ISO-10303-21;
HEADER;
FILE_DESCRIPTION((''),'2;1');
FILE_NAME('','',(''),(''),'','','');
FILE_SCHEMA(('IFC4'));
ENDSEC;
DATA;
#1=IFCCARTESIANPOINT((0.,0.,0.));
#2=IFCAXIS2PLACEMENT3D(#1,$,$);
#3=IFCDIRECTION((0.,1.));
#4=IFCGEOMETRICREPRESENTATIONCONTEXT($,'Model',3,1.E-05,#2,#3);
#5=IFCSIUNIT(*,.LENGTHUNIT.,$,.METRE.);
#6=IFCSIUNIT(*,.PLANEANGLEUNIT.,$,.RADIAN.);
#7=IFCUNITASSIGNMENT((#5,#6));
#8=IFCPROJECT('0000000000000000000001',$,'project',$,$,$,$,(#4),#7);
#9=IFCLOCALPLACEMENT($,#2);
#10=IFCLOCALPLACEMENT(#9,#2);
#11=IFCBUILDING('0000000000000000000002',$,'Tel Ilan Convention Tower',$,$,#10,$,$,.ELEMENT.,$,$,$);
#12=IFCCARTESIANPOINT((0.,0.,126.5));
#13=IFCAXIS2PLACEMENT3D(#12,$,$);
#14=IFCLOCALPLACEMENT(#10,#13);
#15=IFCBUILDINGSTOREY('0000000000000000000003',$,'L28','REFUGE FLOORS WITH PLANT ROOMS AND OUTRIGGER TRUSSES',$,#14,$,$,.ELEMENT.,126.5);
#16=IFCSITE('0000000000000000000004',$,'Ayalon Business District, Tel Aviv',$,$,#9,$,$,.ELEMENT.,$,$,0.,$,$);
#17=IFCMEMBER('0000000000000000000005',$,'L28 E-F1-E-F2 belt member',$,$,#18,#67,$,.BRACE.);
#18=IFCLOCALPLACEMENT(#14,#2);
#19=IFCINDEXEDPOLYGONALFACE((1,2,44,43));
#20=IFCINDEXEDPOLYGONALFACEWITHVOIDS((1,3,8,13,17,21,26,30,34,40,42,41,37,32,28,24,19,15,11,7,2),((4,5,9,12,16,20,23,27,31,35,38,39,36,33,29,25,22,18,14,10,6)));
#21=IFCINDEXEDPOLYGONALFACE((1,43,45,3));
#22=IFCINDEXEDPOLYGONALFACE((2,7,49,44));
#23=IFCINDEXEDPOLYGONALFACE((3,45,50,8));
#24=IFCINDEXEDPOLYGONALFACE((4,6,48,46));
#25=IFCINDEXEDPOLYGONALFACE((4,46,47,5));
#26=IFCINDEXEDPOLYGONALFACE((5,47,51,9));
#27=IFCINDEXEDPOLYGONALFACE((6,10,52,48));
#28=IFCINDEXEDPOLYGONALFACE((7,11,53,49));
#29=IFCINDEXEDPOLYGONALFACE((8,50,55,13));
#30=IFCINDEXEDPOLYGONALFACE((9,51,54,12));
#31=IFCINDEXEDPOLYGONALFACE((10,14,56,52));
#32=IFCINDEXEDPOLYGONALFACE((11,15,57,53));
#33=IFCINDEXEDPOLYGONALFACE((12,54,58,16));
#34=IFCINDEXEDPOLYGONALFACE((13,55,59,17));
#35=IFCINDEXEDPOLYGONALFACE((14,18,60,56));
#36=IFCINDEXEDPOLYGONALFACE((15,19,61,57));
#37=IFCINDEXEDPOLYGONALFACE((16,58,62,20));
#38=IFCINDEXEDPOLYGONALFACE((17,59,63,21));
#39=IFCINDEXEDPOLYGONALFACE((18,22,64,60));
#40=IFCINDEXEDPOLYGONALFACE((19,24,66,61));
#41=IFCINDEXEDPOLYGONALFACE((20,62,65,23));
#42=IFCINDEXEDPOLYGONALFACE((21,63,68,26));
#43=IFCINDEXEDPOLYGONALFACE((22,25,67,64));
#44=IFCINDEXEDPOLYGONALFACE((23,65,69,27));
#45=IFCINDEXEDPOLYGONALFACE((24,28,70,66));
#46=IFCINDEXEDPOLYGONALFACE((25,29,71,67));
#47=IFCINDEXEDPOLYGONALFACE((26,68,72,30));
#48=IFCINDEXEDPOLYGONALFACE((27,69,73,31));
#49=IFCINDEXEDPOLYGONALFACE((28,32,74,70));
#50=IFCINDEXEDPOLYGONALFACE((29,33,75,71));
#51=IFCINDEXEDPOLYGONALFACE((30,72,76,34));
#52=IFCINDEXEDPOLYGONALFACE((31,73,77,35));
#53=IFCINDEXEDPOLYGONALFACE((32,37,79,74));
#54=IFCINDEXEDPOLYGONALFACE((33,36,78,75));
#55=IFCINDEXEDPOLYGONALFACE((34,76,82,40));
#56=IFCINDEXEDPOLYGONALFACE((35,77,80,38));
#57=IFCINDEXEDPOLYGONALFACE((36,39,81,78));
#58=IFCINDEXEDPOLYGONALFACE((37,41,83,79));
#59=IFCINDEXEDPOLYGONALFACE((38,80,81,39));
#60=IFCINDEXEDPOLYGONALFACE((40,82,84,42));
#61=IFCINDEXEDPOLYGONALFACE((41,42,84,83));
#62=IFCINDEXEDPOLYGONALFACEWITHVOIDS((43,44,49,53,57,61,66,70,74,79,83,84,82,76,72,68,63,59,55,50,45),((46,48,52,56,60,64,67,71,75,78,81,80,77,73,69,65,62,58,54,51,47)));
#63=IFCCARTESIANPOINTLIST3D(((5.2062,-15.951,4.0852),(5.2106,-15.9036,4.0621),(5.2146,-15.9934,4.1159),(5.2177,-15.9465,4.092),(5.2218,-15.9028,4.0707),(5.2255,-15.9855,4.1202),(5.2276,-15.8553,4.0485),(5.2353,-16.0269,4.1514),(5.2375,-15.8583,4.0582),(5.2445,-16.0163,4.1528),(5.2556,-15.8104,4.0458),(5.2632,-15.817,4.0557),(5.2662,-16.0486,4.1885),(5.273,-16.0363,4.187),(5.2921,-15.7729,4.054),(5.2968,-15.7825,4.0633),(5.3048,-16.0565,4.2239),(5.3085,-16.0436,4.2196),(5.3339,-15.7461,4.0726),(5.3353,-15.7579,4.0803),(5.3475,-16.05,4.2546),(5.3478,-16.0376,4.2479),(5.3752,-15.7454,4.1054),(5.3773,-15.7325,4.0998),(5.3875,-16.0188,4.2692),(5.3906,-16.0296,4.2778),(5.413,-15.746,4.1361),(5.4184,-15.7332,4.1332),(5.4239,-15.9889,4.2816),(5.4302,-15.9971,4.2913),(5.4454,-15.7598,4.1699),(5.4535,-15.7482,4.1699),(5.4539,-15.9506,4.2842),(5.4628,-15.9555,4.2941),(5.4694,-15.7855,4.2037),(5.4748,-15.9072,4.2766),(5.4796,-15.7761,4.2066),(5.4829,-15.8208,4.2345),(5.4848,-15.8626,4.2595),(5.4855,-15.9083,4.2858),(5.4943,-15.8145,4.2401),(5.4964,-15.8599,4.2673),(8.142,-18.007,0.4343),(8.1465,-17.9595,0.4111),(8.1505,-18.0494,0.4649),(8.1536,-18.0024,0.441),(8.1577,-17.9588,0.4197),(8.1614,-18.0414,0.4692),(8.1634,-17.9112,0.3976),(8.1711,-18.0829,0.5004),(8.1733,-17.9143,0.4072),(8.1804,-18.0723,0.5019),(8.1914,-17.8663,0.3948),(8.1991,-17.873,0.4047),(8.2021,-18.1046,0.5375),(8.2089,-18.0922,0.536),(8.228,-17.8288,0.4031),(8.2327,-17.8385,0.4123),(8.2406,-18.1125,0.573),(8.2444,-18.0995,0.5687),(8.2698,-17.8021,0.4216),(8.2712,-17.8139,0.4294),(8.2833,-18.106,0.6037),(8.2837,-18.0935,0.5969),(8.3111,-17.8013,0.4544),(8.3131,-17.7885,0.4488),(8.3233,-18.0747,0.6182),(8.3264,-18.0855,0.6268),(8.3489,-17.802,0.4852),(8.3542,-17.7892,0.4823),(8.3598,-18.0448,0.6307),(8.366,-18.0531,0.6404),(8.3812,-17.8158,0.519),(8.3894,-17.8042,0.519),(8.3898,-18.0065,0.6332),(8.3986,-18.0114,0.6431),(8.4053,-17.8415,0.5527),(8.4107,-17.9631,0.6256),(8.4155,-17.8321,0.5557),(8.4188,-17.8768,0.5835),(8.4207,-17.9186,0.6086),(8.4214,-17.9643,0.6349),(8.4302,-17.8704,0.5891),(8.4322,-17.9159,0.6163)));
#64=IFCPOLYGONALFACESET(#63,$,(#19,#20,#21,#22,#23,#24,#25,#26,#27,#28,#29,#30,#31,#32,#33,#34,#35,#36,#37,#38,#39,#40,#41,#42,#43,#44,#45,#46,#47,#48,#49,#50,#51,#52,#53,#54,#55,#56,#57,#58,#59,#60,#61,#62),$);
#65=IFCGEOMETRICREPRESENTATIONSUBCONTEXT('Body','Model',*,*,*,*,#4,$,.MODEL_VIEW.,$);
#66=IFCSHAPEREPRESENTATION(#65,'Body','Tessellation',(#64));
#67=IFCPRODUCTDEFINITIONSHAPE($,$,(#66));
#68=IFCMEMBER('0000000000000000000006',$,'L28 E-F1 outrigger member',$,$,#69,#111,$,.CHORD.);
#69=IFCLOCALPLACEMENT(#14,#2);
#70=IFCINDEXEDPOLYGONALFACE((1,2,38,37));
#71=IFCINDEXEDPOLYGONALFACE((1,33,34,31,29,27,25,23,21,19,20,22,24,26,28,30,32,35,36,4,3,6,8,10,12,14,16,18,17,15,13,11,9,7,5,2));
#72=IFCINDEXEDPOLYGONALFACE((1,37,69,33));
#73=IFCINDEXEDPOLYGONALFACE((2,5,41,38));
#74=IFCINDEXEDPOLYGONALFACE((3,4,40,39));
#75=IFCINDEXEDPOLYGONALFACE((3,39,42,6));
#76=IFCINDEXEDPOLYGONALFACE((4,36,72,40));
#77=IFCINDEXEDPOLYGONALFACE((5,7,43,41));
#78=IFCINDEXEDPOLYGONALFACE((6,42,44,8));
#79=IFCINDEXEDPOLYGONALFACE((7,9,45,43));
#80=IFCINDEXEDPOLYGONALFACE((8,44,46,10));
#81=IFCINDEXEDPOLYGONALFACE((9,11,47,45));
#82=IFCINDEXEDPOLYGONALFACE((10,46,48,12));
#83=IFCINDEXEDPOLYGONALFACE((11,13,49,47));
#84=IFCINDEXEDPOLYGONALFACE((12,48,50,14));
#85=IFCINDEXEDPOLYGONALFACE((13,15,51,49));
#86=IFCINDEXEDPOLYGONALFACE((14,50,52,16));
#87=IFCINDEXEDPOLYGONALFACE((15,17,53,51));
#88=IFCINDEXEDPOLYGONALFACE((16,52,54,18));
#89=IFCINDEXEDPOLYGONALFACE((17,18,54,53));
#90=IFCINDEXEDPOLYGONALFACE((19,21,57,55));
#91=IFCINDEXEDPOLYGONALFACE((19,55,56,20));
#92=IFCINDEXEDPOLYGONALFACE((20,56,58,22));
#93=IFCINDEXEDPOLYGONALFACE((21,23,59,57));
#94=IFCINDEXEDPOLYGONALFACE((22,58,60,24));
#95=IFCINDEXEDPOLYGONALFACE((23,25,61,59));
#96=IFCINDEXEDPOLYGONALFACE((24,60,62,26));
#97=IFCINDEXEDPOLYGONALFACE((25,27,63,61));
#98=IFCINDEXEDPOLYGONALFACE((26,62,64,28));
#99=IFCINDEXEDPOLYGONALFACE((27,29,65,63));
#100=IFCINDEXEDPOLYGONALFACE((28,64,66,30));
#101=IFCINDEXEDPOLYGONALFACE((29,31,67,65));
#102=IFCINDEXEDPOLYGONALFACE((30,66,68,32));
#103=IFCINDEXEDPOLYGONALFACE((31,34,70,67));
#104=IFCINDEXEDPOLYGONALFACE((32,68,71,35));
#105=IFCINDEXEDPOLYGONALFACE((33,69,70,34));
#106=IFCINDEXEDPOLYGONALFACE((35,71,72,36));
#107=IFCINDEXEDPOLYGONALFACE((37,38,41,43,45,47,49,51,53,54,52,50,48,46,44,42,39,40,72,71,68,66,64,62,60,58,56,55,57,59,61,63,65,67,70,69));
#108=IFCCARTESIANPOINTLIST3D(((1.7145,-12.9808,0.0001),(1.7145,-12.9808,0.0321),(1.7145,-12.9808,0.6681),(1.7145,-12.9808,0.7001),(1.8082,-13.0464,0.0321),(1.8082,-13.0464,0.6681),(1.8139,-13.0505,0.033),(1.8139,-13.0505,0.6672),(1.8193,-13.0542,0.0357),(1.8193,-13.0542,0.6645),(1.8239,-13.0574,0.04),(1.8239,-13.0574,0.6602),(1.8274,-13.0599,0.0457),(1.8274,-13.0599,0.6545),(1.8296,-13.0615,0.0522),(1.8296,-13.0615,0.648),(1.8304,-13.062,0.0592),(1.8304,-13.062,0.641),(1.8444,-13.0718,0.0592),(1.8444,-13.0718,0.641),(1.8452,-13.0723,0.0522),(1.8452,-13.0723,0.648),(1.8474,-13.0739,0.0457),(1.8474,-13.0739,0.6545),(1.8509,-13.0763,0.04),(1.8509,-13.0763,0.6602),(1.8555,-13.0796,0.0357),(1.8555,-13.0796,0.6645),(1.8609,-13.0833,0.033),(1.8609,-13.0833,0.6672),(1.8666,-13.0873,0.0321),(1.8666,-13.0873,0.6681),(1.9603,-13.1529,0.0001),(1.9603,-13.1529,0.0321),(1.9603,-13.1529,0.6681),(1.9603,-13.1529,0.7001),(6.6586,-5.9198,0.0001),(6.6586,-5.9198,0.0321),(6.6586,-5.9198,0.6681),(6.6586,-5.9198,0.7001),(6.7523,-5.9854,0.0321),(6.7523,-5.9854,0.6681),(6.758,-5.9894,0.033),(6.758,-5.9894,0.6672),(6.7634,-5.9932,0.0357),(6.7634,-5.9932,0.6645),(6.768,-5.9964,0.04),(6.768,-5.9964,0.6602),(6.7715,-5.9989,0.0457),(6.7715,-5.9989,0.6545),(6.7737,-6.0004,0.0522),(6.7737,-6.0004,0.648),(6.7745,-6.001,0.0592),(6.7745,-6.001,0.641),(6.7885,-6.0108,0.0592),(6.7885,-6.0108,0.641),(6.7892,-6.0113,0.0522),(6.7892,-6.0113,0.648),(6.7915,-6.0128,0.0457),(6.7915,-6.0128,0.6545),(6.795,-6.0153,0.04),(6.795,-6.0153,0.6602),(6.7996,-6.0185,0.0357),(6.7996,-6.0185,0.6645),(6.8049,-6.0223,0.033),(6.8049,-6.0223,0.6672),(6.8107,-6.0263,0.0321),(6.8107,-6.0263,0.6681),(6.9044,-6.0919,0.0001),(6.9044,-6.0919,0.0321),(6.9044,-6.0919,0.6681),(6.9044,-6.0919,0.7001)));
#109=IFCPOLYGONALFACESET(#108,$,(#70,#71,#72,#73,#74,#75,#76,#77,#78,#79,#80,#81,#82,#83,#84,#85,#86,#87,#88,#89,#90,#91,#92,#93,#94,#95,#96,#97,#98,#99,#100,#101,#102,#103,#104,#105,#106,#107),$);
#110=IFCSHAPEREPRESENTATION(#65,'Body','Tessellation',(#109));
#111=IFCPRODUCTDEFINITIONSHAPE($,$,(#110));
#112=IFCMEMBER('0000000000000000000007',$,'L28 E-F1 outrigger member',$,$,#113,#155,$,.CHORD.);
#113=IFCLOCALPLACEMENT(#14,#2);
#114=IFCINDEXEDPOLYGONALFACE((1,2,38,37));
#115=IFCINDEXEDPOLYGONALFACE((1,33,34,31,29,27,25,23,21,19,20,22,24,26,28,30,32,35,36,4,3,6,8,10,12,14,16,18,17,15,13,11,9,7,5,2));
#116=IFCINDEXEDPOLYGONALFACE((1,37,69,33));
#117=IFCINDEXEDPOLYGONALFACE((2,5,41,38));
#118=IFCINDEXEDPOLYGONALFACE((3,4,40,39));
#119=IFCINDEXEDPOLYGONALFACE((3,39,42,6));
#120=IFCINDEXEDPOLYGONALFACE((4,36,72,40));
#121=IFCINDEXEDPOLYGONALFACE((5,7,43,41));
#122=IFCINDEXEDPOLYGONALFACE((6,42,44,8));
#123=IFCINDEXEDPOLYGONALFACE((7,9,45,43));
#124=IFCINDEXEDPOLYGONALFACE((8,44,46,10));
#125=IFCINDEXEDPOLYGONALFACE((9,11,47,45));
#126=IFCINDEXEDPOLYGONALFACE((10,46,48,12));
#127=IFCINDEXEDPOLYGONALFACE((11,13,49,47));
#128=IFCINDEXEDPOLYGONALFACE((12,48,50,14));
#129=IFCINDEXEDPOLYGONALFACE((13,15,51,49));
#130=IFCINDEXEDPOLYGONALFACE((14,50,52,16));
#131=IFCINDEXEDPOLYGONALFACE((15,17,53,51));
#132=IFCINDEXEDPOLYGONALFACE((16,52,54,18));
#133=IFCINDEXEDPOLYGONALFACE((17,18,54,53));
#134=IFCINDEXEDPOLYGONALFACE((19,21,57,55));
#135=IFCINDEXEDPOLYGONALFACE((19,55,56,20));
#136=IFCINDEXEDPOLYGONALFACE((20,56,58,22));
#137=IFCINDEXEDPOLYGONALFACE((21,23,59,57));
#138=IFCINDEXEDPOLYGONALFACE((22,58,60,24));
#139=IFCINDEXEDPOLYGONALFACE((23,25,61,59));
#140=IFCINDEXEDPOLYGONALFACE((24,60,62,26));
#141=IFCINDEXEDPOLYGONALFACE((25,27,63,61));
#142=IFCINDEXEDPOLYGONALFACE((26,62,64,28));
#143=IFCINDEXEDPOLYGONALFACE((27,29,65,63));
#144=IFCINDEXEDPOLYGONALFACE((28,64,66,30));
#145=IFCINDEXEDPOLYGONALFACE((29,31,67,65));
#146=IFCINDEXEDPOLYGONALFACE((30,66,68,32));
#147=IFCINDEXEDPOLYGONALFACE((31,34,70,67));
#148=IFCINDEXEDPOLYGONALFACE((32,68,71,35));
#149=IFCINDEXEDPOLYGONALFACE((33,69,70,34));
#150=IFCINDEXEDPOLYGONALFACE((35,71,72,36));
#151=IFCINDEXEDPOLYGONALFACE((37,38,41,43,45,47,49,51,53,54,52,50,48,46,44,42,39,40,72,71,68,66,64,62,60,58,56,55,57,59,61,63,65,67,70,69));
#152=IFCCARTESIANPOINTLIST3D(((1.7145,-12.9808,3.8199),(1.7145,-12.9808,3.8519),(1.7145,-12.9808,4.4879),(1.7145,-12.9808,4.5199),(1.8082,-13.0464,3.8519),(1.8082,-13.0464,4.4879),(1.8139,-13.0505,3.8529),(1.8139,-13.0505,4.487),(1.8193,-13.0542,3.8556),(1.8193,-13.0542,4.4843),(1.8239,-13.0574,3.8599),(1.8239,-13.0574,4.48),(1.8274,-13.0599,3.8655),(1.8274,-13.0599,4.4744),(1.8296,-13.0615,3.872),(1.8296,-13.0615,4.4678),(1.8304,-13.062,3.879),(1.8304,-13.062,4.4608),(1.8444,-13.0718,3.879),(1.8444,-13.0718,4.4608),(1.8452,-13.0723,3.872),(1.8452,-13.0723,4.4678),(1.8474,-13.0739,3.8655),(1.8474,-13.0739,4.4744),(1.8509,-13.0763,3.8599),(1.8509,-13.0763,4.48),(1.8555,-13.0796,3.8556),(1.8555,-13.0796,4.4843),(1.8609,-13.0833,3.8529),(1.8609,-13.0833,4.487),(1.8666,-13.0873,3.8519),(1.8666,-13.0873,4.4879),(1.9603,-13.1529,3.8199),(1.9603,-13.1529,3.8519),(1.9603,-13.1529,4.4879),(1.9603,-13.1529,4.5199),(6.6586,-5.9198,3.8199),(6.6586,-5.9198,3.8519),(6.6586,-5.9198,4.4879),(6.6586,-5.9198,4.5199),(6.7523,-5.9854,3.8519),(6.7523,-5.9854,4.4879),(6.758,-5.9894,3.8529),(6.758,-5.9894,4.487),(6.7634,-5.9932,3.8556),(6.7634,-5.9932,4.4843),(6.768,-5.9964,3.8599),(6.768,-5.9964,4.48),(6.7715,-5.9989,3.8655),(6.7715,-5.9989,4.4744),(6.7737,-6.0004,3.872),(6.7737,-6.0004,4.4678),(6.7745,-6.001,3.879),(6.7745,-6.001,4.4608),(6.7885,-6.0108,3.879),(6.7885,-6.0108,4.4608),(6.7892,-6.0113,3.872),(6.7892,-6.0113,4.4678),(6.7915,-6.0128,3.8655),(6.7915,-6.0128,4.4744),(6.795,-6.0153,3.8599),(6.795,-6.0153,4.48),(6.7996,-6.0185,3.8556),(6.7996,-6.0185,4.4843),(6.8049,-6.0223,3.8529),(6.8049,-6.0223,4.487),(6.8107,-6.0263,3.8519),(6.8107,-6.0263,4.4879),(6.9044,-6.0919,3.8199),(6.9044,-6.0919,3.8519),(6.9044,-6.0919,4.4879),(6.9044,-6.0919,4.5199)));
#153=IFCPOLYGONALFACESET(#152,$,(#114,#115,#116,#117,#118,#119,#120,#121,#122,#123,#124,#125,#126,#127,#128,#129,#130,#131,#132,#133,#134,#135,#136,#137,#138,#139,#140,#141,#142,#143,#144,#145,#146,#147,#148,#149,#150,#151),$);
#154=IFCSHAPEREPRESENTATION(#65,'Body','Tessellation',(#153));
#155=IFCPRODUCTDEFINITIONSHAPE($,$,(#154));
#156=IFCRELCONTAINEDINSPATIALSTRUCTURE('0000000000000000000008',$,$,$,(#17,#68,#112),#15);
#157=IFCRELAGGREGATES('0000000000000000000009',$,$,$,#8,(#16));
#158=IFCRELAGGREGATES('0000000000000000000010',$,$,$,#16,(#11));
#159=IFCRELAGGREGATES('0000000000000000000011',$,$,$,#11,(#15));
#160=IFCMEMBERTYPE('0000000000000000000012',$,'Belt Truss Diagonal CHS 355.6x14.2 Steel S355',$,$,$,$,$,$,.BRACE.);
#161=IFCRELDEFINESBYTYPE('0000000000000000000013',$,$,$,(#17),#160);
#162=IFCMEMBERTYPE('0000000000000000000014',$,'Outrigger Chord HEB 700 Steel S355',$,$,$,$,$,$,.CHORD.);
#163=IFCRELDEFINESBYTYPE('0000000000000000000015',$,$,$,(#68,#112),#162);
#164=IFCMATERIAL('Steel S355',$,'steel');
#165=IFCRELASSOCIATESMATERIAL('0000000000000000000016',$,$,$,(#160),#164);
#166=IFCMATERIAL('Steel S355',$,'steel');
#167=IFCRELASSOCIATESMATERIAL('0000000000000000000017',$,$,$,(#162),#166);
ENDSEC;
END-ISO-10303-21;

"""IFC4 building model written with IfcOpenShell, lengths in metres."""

from ifc_helpers import new_model, si_unit, direction, frame, origin, origin_2d, place, context, subcontext, project, spatial, hollow_circle, i_section, extrude, material, material_profile, profile_set, type_object, element, save


model = new_model("IFC4")

# Units and contexts
model_context = context("Model", 3, precision=1e-05, world=origin(), true_north=direction((0.0, 1.0)))
body_context = subcontext(model_context, "Body", "Model", "MODEL_VIEW")
ifc_project = project(units=[si_unit("LENGTHUNIT", "METRE"), si_unit("PLANEANGLEUNIT", "RADIAN")], contexts=[model_context])

# Site, building, storey
site_placement = place(None, origin())
site = spatial("IfcSite", under=ifc_project, at=site_placement, Name="Ayalon Business District, Tel Aviv", CompositionType="ELEMENT", RefElevation=0.0)
building_placement = place(site_placement, origin())
building = spatial("IfcBuilding", under=site, at=building_placement, Name="Tel Ilan Convention Tower", CompositionType="ELEMENT")
storey_placement = place(building_placement, frame((0.0, 0.0, 126.5)))
storey = spatial("IfcBuildingStorey", under=building, at=storey_placement, Name="L28", Description="REFUGE FLOORS WITH PLANT ROOMS AND OUTRIGGER TRUSSES", CompositionType="ELEMENT", Elevation=126.5)

# Members
ifc_material_1 = material(Name="Steel S355", Category="steel")
ifc_material_profile_1 = material_profile(ifc_material_1, hollow_circle(Radius=0.1777, WallThickness=0.0142, at=origin_2d()), Name="CHS 355.6x14.2")
ifc_profile_set_1 = profile_set([ifc_material_profile_1], Name="Steel S355")
member_type_1 = type_object("IfcMemberType", Name="Belt Truss Diagonal CHS 355.6x14.2 Steel S355", PredefinedType="BRACE", material=ifc_profile_set_1)
for number, where, z_axis, x_axis, name in (
    (1, (5.3516, -15.8938, 4.1699), (0.573833, -0.40185, -0.713605), (0.573622, 0.81912, 0.0), "L28 E-F1-E-F2 belt member"),
):
    element("IfcMember", number, at=place(storey_placement, frame(where, z_axis=z_axis, x_axis=x_axis)), inside=storey, type_object=member_type_1, Name=name, PredefinedType="BRACE", context=body_context, shape_type="SweptSolid", body=[
        extrude(hollow_circle(Radius=0.1777, WallThickness=0.0142, at=origin_2d()), origin(), (0.0, 0.0, 1.0), 5.1162),
    ])
ifc_material_2 = material(Name="Steel S355", Category="steel")
ifc_material_profile_2 = material_profile(ifc_material_2, i_section(OverallWidth=0.3, OverallDepth=0.7, WebThickness=0.0171, FlangeThickness=0.032, FilletRadius=0.0271, at=origin_2d()), Name="HEB 700")
ifc_profile_set_2 = profile_set([ifc_material_profile_2], Name="Steel S355")
member_type_2 = type_object("IfcMemberType", Name="Outrigger Chord HEB 700 Steel S355", PredefinedType="CHORD", material=ifc_profile_set_2)
for number, where, z_axis, x_axis, name in (
    (2, (1.8374, -13.0669, 0.3501), (0.573569, 0.819157, 0.0), (-0.819157, 0.573569, 0.0), "L28 E-F1 outrigger member"),
    (3, (1.8374, -13.0669, 4.1699), (0.573569, 0.819157, 0.0), (-0.819157, 0.573569, 0.0), "L28 E-F1 outrigger member"),
):
    element("IfcMember", number, at=place(storey_placement, frame(where, z_axis=z_axis, x_axis=x_axis)), inside=storey, type_object=member_type_2, Name=name, PredefinedType="CHORD", context=body_context, shape_type="SweptSolid", body=[
        extrude(i_section(OverallWidth=0.3, OverallDepth=0.7, WebThickness=0.0171, FlangeThickness=0.032, FilletRadius=0.0271, at=origin_2d()), origin(), (0.0, 0.0, 1.0), 8.6199),
    ])

save(model, "model.ifc")
